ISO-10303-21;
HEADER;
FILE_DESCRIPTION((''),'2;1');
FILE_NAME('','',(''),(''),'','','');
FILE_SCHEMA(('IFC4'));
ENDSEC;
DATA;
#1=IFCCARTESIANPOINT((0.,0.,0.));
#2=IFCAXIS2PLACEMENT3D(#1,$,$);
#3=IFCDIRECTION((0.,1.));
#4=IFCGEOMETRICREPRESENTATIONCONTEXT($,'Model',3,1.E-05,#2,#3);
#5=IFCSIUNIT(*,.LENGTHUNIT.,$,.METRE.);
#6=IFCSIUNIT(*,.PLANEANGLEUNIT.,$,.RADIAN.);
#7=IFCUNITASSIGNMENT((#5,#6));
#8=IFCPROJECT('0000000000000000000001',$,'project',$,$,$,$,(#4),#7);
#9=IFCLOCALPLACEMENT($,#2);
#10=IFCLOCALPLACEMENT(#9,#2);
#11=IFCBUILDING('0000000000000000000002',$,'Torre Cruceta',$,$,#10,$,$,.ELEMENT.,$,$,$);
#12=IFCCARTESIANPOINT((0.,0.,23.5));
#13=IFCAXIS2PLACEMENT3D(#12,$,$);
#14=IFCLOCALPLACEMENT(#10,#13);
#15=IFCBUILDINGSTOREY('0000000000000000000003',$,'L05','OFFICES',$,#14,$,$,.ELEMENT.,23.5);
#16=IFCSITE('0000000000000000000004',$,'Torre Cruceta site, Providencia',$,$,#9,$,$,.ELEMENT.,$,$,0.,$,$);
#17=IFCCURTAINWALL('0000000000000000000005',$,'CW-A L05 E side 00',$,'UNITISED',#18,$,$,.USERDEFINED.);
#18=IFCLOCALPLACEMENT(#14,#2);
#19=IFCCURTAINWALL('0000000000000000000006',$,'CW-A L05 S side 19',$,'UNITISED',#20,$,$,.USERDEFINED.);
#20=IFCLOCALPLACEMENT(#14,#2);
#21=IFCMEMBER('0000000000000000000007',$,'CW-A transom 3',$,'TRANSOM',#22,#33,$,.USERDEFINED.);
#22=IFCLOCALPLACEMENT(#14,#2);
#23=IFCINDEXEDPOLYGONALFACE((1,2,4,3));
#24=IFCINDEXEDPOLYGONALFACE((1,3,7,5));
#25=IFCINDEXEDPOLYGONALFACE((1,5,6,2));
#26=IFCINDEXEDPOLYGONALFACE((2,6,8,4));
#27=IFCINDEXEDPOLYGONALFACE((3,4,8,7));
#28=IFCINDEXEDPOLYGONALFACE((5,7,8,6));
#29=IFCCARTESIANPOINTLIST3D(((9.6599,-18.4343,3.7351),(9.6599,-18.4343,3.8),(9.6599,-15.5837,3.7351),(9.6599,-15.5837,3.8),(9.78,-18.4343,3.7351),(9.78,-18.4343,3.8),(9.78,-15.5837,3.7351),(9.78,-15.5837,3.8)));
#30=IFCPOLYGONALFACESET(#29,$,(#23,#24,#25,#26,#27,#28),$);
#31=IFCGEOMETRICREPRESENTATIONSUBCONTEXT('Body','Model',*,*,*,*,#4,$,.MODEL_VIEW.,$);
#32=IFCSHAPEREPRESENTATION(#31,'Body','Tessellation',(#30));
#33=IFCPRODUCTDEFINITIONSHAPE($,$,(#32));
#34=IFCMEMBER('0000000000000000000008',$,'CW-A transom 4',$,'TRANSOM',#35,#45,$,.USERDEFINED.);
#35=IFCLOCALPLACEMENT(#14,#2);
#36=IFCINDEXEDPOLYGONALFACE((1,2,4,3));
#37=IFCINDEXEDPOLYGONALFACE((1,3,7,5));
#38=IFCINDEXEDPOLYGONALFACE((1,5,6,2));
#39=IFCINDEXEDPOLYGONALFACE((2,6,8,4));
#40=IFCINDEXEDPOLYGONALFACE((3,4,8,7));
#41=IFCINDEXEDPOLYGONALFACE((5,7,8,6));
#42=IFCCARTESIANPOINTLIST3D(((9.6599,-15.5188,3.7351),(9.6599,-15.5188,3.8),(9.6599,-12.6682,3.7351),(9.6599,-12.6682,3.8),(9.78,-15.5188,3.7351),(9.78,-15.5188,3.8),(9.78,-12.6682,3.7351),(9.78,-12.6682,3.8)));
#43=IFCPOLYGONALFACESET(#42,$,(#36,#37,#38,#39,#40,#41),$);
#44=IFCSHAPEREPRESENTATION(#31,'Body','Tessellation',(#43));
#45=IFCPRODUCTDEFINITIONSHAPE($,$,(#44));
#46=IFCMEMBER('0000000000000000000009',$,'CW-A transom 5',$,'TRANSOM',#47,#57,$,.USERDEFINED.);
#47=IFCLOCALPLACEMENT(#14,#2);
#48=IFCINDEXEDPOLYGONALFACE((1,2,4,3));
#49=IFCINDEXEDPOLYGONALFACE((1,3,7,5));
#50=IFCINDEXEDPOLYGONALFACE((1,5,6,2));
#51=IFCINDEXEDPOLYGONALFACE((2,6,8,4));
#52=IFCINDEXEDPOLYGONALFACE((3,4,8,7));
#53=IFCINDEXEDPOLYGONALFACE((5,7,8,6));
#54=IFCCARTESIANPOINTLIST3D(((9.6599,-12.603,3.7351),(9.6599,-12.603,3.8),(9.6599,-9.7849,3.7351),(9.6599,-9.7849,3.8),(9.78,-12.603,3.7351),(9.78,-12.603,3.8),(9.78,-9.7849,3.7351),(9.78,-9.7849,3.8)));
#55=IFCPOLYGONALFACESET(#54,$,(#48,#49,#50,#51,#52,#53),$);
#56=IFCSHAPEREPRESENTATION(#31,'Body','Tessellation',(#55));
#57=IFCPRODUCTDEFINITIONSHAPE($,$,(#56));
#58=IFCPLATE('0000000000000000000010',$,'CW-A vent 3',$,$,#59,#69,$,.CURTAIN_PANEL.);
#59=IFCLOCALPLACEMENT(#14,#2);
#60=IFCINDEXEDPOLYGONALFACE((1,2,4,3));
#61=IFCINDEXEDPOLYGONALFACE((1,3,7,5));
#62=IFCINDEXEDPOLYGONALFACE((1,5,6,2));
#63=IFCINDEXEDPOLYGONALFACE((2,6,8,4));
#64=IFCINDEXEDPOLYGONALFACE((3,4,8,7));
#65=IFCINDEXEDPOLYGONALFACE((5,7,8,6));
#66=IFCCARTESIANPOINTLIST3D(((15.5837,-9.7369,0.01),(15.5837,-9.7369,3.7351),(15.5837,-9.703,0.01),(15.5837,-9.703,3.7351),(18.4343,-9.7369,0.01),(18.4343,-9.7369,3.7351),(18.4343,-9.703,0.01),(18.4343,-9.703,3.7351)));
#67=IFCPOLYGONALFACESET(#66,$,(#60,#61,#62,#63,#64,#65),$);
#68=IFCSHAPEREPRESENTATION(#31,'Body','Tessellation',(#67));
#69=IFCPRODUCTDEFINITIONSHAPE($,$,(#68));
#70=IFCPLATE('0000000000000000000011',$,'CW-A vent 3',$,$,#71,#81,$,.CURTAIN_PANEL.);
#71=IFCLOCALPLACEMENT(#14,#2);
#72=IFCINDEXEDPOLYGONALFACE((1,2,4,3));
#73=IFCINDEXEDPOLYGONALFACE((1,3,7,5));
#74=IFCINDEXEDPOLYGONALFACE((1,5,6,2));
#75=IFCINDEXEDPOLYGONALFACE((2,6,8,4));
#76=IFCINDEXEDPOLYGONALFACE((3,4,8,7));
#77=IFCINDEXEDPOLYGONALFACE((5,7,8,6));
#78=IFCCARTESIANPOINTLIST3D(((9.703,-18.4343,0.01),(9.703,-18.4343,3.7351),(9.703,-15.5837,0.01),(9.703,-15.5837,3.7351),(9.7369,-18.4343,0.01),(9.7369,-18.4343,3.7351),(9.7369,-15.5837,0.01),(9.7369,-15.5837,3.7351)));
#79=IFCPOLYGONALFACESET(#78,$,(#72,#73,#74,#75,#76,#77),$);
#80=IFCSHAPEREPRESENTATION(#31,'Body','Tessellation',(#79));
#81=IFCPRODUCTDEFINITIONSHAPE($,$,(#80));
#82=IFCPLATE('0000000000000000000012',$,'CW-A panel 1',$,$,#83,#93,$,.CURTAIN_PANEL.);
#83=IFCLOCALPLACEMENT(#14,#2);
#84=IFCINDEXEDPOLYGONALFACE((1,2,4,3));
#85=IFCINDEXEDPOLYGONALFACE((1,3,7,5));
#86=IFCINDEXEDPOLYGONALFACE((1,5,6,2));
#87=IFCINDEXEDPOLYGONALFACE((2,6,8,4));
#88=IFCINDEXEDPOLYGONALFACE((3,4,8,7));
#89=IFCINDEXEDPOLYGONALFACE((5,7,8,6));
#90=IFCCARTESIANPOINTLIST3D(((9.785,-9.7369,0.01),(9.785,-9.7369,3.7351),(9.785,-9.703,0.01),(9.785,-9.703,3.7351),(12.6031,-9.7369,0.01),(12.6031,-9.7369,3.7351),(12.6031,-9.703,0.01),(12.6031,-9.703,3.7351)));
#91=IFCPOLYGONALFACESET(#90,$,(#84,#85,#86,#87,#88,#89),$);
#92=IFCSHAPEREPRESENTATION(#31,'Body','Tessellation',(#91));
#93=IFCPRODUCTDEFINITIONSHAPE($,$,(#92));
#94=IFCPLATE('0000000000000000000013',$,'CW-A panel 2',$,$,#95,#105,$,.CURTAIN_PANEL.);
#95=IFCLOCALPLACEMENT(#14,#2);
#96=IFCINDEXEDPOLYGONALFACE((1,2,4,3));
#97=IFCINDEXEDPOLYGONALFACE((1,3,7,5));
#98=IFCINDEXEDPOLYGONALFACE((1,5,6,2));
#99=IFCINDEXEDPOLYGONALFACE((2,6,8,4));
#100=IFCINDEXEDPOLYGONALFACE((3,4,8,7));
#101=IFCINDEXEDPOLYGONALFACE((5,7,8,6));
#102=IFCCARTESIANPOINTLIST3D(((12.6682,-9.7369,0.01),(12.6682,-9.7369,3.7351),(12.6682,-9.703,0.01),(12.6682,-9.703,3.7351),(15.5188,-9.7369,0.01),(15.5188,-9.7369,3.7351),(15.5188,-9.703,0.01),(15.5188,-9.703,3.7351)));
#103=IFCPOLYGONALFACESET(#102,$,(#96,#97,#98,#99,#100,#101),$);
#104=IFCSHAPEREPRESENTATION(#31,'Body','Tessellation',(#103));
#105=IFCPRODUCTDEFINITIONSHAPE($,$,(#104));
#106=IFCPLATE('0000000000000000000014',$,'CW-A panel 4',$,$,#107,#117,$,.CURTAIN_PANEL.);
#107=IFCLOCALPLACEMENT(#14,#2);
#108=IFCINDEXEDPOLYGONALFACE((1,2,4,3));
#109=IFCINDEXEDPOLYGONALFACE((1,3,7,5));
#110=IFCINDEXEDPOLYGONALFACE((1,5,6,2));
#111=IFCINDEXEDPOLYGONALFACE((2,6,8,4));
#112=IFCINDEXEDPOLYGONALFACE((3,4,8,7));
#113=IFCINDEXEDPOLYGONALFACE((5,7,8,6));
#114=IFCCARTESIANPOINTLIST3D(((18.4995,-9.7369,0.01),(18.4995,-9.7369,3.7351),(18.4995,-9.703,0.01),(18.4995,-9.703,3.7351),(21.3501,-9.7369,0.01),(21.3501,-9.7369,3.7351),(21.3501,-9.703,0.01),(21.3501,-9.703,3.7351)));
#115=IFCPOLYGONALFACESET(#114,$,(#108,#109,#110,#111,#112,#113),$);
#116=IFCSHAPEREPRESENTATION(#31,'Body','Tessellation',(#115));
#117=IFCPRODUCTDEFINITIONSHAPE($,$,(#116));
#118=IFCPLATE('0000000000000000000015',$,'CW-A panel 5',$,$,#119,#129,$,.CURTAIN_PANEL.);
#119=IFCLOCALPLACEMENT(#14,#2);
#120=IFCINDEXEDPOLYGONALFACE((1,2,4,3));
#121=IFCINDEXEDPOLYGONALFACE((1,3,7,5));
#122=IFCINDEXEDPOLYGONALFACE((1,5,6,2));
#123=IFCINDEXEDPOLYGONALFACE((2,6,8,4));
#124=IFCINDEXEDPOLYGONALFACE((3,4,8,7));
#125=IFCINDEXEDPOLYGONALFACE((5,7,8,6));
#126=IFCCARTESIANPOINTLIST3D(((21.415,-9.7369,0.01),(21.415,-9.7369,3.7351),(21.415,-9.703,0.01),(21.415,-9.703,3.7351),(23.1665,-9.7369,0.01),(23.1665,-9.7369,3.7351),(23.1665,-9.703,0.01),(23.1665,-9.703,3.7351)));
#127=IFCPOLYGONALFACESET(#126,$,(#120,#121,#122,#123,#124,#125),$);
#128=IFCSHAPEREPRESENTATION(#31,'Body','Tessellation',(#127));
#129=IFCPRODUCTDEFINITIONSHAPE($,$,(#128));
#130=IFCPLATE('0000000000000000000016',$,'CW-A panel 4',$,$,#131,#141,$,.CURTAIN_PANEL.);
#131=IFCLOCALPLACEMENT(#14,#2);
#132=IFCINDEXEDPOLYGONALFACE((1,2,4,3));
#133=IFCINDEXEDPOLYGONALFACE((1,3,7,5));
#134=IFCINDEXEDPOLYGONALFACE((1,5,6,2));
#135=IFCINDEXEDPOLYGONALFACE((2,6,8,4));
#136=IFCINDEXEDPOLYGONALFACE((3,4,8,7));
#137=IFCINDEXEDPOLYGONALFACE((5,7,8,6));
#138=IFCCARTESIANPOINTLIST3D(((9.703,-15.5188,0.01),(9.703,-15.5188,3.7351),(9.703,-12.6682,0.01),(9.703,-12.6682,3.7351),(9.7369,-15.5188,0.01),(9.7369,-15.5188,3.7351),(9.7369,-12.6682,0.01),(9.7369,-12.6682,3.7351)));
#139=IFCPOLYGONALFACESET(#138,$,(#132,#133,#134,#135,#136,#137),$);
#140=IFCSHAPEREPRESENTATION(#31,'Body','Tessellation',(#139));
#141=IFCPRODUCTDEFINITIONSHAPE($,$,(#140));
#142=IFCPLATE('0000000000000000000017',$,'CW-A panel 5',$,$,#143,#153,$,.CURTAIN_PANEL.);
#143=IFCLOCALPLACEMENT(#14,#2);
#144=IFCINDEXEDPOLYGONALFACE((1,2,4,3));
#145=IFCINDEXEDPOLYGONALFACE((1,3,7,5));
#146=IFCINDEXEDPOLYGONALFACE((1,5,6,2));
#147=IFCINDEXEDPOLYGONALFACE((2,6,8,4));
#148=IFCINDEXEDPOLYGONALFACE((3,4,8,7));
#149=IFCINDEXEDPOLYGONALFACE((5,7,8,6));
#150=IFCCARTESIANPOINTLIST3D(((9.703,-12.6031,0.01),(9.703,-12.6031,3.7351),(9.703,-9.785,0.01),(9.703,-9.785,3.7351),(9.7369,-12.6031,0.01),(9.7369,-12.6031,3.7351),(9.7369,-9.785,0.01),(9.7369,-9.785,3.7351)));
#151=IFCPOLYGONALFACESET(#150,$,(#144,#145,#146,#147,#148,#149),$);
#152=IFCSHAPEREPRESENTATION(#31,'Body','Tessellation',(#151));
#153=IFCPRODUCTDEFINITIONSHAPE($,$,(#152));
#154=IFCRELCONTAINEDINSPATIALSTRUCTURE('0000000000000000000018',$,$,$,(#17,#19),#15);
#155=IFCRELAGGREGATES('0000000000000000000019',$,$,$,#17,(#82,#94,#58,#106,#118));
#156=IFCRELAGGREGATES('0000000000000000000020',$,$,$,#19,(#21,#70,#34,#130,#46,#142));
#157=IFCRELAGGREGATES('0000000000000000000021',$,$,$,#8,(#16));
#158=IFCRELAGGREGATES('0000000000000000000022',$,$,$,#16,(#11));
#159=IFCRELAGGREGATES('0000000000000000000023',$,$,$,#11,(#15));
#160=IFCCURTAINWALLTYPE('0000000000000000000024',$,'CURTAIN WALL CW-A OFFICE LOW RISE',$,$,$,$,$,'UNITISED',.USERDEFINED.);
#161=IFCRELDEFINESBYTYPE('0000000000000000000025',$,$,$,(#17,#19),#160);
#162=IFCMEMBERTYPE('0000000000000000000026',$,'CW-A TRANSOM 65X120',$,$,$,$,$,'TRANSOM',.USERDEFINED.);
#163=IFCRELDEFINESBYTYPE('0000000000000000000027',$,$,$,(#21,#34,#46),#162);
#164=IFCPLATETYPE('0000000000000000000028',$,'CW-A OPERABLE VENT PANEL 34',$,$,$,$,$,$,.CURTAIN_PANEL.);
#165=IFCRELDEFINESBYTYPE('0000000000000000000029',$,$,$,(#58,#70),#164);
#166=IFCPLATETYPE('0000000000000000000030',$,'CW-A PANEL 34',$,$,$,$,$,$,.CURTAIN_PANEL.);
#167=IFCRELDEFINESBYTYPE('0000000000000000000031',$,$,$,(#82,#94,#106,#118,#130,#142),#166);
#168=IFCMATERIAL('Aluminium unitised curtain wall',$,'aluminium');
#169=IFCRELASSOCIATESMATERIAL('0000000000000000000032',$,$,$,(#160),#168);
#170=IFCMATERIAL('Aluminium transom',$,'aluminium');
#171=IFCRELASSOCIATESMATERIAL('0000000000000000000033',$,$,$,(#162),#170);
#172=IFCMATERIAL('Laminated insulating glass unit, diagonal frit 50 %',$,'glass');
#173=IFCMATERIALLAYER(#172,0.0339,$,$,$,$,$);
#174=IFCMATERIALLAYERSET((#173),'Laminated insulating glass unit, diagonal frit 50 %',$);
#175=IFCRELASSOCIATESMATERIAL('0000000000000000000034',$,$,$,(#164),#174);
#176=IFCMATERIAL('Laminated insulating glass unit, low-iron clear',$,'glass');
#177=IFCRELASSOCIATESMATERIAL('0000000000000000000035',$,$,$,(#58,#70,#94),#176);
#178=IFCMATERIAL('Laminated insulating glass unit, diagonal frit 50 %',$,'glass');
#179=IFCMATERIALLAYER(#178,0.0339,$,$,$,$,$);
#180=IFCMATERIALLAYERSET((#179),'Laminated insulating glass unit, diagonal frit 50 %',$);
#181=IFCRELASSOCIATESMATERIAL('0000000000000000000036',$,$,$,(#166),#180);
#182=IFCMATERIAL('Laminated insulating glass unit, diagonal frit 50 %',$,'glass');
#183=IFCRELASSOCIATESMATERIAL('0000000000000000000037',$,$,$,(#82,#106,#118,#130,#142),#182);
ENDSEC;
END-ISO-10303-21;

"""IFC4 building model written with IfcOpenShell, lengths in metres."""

from ifc_helpers import new_model, si_unit, direction, frame, origin, origin_2d, place, context, subcontext, project, spatial, rectangle, extrude, material, layer, layer_set, material_profile, profile_set, type_object, element, aggregate, save


model = new_model("IFC4")

# Units and contexts
model_context = context("Model", 3, precision=1e-05, world=origin(), true_north=direction((0.0, 1.0)))
body_context = subcontext(model_context, "Body", "Model", "MODEL_VIEW")
ifc_project = project(units=[si_unit("LENGTHUNIT", "METRE"), si_unit("PLANEANGLEUNIT", "RADIAN")], contexts=[model_context])

# Site, building, storey
site_placement = place(None, origin())
site = spatial("IfcSite", under=ifc_project, at=site_placement, Name="Torre Cruceta site, Providencia", CompositionType="ELEMENT", RefElevation=0.0)
building_placement = place(site_placement, origin())
building = spatial("IfcBuilding", under=site, at=building_placement, Name="Torre Cruceta", CompositionType="ELEMENT")
storey_placement = place(building_placement, frame((0.0, 0.0, 23.5)))
storey = spatial("IfcBuildingStorey", under=building, at=storey_placement, Name="L05", Description="OFFICES", CompositionType="ELEMENT", Elevation=23.5)

# Curtain walls
ifc_material_1 = material(Name="Aluminium unitised curtain wall", Category="aluminium")
curtain_wall_type = type_object("IfcCurtainWallType", Name="CURTAIN WALL CW-A OFFICE LOW RISE", ElementType="UNITISED", PredefinedType="USERDEFINED", material=ifc_material_1)
curtain_wall_1_placement = place(storey_placement, origin())
curtain_wall_1 = element("IfcCurtainWall", 1, at=curtain_wall_1_placement, inside=storey, type_object=curtain_wall_type, Name="CW-A L05 E side 00", ObjectType="UNITISED", PredefinedType="USERDEFINED")
curtain_wall_2_placement = place(storey_placement, origin())
curtain_wall_2 = element("IfcCurtainWall", 2, at=curtain_wall_2_placement, inside=storey, type_object=curtain_wall_type, Name="CW-A L05 S side 19", ObjectType="UNITISED", PredefinedType="USERDEFINED")

# Members
ifc_material_2 = material(Name="Aluminium transom", Category="aluminium")
ifc_material_profile_1 = material_profile(ifc_material_2, rectangle(XDim=0.1201, YDim=0.0649, at=origin_2d()), Name="AL 120X65")
ifc_profile_set_1 = profile_set([ifc_material_profile_1], Name="Aluminium transom")
member_type_1 = type_object("IfcMemberType", Name="CW-A TRANSOM 65X120", ElementType="TRANSOM", PredefinedType="USERDEFINED", material=ifc_profile_set_1)
member_1_placement = place(storey_placement, frame((9.72, -18.4343, 3.7676), z_axis=(0.0, 1.0, 0.0), x_axis=(-1.0, 0.0, 0.0)))
member_1 = element("IfcMember", 3, at=member_1_placement, type_object=member_type_1, Name="CW-A transom 3", ObjectType="TRANSOM", PredefinedType="USERDEFINED", context=body_context, shape_type="SweptSolid", body=[
    extrude(rectangle(XDim=0.1201, YDim=0.0649, at=origin_2d()), origin(), (0.0, 0.0, 1.0), 2.8506),
])
member_2_placement = place(storey_placement, frame((9.72, -15.5188, 3.7676), z_axis=(0.0, 1.0, 0.0), x_axis=(-1.0, 0.0, 0.0)))
member_2 = element("IfcMember", 4, at=member_2_placement, type_object=member_type_1, Name="CW-A transom 4", ObjectType="TRANSOM", PredefinedType="USERDEFINED", context=body_context, shape_type="SweptSolid", body=[
    extrude(rectangle(XDim=0.1201, YDim=0.0649, at=origin_2d()), origin(), (0.0, 0.0, 1.0), 2.8506),
])
member_3_placement = place(storey_placement, frame((9.72, -12.603, 3.7676), z_axis=(0.0, 1.0, 0.0), x_axis=(-1.0, 0.0, 0.0)))
member_3 = element("IfcMember", 5, at=member_3_placement, type_object=member_type_1, Name="CW-A transom 5", ObjectType="TRANSOM", PredefinedType="USERDEFINED", context=body_context, shape_type="SweptSolid", body=[
    extrude(rectangle(XDim=0.1201, YDim=0.0649, at=origin_2d()), origin(), (0.0, 0.0, 1.0), 2.8181),
])

# Plates
ifc_material_3 = material(Name="Laminated insulating glass unit, low-iron clear", Category="glass")
ifc_material_4 = material(Name="Laminated insulating glass unit, diagonal frit 50 %", Category="glass")
ifc_layer_1 = layer(ifc_material_4, 0.0339)
ifc_layer_set_1 = layer_set([ifc_layer_1], Name="Laminated insulating glass unit, diagonal frit 50 %")
plate_type_1 = type_object("IfcPlateType", Name="CW-A OPERABLE VENT PANEL 34", PredefinedType="CURTAIN_PANEL", material=ifc_layer_set_1)
plate_1_placement = place(storey_placement, frame((17.009, -9.72, 0.01), z_axis=(0.0, 0.0, 1.0), x_axis=(1.0, 0.0, 0.0)))
plate_1 = element("IfcPlate", 6, at=plate_1_placement, type_object=plate_type_1, material=ifc_material_3, Name="CW-A vent 3", PredefinedType="CURTAIN_PANEL", context=body_context, shape_type="SweptSolid", body=[
    extrude(rectangle(XDim=2.8506, YDim=0.0339, at=origin_2d()), origin(), (0.0, 0.0, 1.0), 3.7251),
])
plate_2_placement = place(storey_placement, frame((9.72, -17.009, 0.01), z_axis=(0.0, 0.0, 1.0), x_axis=(0.0, 1.0, 0.0)))
plate_2 = element("IfcPlate", 7, at=plate_2_placement, type_object=plate_type_1, material=ifc_material_3, Name="CW-A vent 3", PredefinedType="CURTAIN_PANEL", context=body_context, shape_type="SweptSolid", body=[
    extrude(rectangle(XDim=2.8506, YDim=0.0339, at=origin_2d()), origin(), (0.0, 0.0, 1.0), 3.7251),
])
ifc_material_5 = material(Name="Laminated insulating glass unit, diagonal frit 50 %", Category="glass")
ifc_material_6 = material(Name="Laminated insulating glass unit, diagonal frit 50 %", Category="glass")
ifc_layer_2 = layer(ifc_material_6, 0.0339)
ifc_layer_set_2 = layer_set([ifc_layer_2], Name="Laminated insulating glass unit, diagonal frit 50 %")
plate_type_2 = type_object("IfcPlateType", Name="CW-A PANEL 34", PredefinedType="CURTAIN_PANEL", material=ifc_layer_set_2)
plate_3_placement = place(storey_placement, frame((11.1941, -9.72, 0.01), z_axis=(0.0, 0.0, 1.0), x_axis=(1.0, 0.0, 0.0)))
plate_3 = element("IfcPlate", 8, at=plate_3_placement, type_object=plate_type_2, material=ifc_material_5, Name="CW-A panel 1", PredefinedType="CURTAIN_PANEL", context=body_context, shape_type="SweptSolid", body=[
    extrude(rectangle(XDim=2.8181, YDim=0.0339, at=origin_2d()), origin(), (0.0, 0.0, 1.0), 3.7251),
])
plate_4_placement = place(storey_placement, frame((14.0935, -9.72, 0.01), z_axis=(0.0, 0.0, 1.0), x_axis=(1.0, 0.0, 0.0)))
plate_4 = element("IfcPlate", 9, at=plate_4_placement, type_object=plate_type_2, material=ifc_material_3, Name="CW-A panel 2", PredefinedType="CURTAIN_PANEL", context=body_context, shape_type="SweptSolid", body=[
    extrude(rectangle(XDim=2.8506, YDim=0.0339, at=origin_2d()), origin(), (0.0, 0.0, 1.0), 3.7251),
])
plate_5_placement = place(storey_placement, frame((19.9248, -9.72, 0.01), z_axis=(0.0, 0.0, 1.0), x_axis=(1.0, 0.0, 0.0)))
plate_5 = element("IfcPlate", 10, at=plate_5_placement, type_object=plate_type_2, material=ifc_material_5, Name="CW-A panel 4", PredefinedType="CURTAIN_PANEL", context=body_context, shape_type="SweptSolid", body=[
    extrude(rectangle(XDim=2.8506, YDim=0.0339, at=origin_2d()), origin(), (0.0, 0.0, 1.0), 3.7251),
])
plate_6_placement = place(storey_placement, frame((22.2908, -9.72, 0.01), z_axis=(0.0, 0.0, 1.0), x_axis=(1.0, 0.0, 0.0)))
plate_6 = element("IfcPlate", 11, at=plate_6_placement, type_object=plate_type_2, material=ifc_material_5, Name="CW-A panel 5", PredefinedType="CURTAIN_PANEL", context=body_context, shape_type="SweptSolid", body=[
    extrude(rectangle(XDim=1.7515, YDim=0.0339, at=origin_2d()), origin(), (0.0, 0.0, 1.0), 3.7251),
])
aggregate(curtain_wall_1, [plate_3, plate_4, plate_1, plate_5, plate_6])
plate_7_placement = place(storey_placement, frame((9.72, -14.0935, 0.01), z_axis=(0.0, 0.0, 1.0), x_axis=(0.0, 1.0, 0.0)))
plate_7 = element("IfcPlate", 12, at=plate_7_placement, type_object=plate_type_2, material=ifc_material_5, Name="CW-A panel 4", PredefinedType="CURTAIN_PANEL", context=body_context, shape_type="SweptSolid", body=[
    extrude(rectangle(XDim=2.8506, YDim=0.0339, at=origin_2d()), origin(), (0.0, 0.0, 1.0), 3.7251),
])
plate_8_placement = place(storey_placement, frame((9.72, -11.1941, 0.01), z_axis=(0.0, 0.0, 1.0), x_axis=(0.0, 1.0, 0.0)))
plate_8 = element("IfcPlate", 13, at=plate_8_placement, type_object=plate_type_2, material=ifc_material_5, Name="CW-A panel 5", PredefinedType="CURTAIN_PANEL", context=body_context, shape_type="SweptSolid", body=[
    extrude(rectangle(XDim=2.8181, YDim=0.0339, at=origin_2d()), origin(), (0.0, 0.0, 1.0), 3.7251),
])
aggregate(curtain_wall_2, [member_1, plate_2, member_2, plate_7, member_3, plate_8])

save(model, "model.ifc")
